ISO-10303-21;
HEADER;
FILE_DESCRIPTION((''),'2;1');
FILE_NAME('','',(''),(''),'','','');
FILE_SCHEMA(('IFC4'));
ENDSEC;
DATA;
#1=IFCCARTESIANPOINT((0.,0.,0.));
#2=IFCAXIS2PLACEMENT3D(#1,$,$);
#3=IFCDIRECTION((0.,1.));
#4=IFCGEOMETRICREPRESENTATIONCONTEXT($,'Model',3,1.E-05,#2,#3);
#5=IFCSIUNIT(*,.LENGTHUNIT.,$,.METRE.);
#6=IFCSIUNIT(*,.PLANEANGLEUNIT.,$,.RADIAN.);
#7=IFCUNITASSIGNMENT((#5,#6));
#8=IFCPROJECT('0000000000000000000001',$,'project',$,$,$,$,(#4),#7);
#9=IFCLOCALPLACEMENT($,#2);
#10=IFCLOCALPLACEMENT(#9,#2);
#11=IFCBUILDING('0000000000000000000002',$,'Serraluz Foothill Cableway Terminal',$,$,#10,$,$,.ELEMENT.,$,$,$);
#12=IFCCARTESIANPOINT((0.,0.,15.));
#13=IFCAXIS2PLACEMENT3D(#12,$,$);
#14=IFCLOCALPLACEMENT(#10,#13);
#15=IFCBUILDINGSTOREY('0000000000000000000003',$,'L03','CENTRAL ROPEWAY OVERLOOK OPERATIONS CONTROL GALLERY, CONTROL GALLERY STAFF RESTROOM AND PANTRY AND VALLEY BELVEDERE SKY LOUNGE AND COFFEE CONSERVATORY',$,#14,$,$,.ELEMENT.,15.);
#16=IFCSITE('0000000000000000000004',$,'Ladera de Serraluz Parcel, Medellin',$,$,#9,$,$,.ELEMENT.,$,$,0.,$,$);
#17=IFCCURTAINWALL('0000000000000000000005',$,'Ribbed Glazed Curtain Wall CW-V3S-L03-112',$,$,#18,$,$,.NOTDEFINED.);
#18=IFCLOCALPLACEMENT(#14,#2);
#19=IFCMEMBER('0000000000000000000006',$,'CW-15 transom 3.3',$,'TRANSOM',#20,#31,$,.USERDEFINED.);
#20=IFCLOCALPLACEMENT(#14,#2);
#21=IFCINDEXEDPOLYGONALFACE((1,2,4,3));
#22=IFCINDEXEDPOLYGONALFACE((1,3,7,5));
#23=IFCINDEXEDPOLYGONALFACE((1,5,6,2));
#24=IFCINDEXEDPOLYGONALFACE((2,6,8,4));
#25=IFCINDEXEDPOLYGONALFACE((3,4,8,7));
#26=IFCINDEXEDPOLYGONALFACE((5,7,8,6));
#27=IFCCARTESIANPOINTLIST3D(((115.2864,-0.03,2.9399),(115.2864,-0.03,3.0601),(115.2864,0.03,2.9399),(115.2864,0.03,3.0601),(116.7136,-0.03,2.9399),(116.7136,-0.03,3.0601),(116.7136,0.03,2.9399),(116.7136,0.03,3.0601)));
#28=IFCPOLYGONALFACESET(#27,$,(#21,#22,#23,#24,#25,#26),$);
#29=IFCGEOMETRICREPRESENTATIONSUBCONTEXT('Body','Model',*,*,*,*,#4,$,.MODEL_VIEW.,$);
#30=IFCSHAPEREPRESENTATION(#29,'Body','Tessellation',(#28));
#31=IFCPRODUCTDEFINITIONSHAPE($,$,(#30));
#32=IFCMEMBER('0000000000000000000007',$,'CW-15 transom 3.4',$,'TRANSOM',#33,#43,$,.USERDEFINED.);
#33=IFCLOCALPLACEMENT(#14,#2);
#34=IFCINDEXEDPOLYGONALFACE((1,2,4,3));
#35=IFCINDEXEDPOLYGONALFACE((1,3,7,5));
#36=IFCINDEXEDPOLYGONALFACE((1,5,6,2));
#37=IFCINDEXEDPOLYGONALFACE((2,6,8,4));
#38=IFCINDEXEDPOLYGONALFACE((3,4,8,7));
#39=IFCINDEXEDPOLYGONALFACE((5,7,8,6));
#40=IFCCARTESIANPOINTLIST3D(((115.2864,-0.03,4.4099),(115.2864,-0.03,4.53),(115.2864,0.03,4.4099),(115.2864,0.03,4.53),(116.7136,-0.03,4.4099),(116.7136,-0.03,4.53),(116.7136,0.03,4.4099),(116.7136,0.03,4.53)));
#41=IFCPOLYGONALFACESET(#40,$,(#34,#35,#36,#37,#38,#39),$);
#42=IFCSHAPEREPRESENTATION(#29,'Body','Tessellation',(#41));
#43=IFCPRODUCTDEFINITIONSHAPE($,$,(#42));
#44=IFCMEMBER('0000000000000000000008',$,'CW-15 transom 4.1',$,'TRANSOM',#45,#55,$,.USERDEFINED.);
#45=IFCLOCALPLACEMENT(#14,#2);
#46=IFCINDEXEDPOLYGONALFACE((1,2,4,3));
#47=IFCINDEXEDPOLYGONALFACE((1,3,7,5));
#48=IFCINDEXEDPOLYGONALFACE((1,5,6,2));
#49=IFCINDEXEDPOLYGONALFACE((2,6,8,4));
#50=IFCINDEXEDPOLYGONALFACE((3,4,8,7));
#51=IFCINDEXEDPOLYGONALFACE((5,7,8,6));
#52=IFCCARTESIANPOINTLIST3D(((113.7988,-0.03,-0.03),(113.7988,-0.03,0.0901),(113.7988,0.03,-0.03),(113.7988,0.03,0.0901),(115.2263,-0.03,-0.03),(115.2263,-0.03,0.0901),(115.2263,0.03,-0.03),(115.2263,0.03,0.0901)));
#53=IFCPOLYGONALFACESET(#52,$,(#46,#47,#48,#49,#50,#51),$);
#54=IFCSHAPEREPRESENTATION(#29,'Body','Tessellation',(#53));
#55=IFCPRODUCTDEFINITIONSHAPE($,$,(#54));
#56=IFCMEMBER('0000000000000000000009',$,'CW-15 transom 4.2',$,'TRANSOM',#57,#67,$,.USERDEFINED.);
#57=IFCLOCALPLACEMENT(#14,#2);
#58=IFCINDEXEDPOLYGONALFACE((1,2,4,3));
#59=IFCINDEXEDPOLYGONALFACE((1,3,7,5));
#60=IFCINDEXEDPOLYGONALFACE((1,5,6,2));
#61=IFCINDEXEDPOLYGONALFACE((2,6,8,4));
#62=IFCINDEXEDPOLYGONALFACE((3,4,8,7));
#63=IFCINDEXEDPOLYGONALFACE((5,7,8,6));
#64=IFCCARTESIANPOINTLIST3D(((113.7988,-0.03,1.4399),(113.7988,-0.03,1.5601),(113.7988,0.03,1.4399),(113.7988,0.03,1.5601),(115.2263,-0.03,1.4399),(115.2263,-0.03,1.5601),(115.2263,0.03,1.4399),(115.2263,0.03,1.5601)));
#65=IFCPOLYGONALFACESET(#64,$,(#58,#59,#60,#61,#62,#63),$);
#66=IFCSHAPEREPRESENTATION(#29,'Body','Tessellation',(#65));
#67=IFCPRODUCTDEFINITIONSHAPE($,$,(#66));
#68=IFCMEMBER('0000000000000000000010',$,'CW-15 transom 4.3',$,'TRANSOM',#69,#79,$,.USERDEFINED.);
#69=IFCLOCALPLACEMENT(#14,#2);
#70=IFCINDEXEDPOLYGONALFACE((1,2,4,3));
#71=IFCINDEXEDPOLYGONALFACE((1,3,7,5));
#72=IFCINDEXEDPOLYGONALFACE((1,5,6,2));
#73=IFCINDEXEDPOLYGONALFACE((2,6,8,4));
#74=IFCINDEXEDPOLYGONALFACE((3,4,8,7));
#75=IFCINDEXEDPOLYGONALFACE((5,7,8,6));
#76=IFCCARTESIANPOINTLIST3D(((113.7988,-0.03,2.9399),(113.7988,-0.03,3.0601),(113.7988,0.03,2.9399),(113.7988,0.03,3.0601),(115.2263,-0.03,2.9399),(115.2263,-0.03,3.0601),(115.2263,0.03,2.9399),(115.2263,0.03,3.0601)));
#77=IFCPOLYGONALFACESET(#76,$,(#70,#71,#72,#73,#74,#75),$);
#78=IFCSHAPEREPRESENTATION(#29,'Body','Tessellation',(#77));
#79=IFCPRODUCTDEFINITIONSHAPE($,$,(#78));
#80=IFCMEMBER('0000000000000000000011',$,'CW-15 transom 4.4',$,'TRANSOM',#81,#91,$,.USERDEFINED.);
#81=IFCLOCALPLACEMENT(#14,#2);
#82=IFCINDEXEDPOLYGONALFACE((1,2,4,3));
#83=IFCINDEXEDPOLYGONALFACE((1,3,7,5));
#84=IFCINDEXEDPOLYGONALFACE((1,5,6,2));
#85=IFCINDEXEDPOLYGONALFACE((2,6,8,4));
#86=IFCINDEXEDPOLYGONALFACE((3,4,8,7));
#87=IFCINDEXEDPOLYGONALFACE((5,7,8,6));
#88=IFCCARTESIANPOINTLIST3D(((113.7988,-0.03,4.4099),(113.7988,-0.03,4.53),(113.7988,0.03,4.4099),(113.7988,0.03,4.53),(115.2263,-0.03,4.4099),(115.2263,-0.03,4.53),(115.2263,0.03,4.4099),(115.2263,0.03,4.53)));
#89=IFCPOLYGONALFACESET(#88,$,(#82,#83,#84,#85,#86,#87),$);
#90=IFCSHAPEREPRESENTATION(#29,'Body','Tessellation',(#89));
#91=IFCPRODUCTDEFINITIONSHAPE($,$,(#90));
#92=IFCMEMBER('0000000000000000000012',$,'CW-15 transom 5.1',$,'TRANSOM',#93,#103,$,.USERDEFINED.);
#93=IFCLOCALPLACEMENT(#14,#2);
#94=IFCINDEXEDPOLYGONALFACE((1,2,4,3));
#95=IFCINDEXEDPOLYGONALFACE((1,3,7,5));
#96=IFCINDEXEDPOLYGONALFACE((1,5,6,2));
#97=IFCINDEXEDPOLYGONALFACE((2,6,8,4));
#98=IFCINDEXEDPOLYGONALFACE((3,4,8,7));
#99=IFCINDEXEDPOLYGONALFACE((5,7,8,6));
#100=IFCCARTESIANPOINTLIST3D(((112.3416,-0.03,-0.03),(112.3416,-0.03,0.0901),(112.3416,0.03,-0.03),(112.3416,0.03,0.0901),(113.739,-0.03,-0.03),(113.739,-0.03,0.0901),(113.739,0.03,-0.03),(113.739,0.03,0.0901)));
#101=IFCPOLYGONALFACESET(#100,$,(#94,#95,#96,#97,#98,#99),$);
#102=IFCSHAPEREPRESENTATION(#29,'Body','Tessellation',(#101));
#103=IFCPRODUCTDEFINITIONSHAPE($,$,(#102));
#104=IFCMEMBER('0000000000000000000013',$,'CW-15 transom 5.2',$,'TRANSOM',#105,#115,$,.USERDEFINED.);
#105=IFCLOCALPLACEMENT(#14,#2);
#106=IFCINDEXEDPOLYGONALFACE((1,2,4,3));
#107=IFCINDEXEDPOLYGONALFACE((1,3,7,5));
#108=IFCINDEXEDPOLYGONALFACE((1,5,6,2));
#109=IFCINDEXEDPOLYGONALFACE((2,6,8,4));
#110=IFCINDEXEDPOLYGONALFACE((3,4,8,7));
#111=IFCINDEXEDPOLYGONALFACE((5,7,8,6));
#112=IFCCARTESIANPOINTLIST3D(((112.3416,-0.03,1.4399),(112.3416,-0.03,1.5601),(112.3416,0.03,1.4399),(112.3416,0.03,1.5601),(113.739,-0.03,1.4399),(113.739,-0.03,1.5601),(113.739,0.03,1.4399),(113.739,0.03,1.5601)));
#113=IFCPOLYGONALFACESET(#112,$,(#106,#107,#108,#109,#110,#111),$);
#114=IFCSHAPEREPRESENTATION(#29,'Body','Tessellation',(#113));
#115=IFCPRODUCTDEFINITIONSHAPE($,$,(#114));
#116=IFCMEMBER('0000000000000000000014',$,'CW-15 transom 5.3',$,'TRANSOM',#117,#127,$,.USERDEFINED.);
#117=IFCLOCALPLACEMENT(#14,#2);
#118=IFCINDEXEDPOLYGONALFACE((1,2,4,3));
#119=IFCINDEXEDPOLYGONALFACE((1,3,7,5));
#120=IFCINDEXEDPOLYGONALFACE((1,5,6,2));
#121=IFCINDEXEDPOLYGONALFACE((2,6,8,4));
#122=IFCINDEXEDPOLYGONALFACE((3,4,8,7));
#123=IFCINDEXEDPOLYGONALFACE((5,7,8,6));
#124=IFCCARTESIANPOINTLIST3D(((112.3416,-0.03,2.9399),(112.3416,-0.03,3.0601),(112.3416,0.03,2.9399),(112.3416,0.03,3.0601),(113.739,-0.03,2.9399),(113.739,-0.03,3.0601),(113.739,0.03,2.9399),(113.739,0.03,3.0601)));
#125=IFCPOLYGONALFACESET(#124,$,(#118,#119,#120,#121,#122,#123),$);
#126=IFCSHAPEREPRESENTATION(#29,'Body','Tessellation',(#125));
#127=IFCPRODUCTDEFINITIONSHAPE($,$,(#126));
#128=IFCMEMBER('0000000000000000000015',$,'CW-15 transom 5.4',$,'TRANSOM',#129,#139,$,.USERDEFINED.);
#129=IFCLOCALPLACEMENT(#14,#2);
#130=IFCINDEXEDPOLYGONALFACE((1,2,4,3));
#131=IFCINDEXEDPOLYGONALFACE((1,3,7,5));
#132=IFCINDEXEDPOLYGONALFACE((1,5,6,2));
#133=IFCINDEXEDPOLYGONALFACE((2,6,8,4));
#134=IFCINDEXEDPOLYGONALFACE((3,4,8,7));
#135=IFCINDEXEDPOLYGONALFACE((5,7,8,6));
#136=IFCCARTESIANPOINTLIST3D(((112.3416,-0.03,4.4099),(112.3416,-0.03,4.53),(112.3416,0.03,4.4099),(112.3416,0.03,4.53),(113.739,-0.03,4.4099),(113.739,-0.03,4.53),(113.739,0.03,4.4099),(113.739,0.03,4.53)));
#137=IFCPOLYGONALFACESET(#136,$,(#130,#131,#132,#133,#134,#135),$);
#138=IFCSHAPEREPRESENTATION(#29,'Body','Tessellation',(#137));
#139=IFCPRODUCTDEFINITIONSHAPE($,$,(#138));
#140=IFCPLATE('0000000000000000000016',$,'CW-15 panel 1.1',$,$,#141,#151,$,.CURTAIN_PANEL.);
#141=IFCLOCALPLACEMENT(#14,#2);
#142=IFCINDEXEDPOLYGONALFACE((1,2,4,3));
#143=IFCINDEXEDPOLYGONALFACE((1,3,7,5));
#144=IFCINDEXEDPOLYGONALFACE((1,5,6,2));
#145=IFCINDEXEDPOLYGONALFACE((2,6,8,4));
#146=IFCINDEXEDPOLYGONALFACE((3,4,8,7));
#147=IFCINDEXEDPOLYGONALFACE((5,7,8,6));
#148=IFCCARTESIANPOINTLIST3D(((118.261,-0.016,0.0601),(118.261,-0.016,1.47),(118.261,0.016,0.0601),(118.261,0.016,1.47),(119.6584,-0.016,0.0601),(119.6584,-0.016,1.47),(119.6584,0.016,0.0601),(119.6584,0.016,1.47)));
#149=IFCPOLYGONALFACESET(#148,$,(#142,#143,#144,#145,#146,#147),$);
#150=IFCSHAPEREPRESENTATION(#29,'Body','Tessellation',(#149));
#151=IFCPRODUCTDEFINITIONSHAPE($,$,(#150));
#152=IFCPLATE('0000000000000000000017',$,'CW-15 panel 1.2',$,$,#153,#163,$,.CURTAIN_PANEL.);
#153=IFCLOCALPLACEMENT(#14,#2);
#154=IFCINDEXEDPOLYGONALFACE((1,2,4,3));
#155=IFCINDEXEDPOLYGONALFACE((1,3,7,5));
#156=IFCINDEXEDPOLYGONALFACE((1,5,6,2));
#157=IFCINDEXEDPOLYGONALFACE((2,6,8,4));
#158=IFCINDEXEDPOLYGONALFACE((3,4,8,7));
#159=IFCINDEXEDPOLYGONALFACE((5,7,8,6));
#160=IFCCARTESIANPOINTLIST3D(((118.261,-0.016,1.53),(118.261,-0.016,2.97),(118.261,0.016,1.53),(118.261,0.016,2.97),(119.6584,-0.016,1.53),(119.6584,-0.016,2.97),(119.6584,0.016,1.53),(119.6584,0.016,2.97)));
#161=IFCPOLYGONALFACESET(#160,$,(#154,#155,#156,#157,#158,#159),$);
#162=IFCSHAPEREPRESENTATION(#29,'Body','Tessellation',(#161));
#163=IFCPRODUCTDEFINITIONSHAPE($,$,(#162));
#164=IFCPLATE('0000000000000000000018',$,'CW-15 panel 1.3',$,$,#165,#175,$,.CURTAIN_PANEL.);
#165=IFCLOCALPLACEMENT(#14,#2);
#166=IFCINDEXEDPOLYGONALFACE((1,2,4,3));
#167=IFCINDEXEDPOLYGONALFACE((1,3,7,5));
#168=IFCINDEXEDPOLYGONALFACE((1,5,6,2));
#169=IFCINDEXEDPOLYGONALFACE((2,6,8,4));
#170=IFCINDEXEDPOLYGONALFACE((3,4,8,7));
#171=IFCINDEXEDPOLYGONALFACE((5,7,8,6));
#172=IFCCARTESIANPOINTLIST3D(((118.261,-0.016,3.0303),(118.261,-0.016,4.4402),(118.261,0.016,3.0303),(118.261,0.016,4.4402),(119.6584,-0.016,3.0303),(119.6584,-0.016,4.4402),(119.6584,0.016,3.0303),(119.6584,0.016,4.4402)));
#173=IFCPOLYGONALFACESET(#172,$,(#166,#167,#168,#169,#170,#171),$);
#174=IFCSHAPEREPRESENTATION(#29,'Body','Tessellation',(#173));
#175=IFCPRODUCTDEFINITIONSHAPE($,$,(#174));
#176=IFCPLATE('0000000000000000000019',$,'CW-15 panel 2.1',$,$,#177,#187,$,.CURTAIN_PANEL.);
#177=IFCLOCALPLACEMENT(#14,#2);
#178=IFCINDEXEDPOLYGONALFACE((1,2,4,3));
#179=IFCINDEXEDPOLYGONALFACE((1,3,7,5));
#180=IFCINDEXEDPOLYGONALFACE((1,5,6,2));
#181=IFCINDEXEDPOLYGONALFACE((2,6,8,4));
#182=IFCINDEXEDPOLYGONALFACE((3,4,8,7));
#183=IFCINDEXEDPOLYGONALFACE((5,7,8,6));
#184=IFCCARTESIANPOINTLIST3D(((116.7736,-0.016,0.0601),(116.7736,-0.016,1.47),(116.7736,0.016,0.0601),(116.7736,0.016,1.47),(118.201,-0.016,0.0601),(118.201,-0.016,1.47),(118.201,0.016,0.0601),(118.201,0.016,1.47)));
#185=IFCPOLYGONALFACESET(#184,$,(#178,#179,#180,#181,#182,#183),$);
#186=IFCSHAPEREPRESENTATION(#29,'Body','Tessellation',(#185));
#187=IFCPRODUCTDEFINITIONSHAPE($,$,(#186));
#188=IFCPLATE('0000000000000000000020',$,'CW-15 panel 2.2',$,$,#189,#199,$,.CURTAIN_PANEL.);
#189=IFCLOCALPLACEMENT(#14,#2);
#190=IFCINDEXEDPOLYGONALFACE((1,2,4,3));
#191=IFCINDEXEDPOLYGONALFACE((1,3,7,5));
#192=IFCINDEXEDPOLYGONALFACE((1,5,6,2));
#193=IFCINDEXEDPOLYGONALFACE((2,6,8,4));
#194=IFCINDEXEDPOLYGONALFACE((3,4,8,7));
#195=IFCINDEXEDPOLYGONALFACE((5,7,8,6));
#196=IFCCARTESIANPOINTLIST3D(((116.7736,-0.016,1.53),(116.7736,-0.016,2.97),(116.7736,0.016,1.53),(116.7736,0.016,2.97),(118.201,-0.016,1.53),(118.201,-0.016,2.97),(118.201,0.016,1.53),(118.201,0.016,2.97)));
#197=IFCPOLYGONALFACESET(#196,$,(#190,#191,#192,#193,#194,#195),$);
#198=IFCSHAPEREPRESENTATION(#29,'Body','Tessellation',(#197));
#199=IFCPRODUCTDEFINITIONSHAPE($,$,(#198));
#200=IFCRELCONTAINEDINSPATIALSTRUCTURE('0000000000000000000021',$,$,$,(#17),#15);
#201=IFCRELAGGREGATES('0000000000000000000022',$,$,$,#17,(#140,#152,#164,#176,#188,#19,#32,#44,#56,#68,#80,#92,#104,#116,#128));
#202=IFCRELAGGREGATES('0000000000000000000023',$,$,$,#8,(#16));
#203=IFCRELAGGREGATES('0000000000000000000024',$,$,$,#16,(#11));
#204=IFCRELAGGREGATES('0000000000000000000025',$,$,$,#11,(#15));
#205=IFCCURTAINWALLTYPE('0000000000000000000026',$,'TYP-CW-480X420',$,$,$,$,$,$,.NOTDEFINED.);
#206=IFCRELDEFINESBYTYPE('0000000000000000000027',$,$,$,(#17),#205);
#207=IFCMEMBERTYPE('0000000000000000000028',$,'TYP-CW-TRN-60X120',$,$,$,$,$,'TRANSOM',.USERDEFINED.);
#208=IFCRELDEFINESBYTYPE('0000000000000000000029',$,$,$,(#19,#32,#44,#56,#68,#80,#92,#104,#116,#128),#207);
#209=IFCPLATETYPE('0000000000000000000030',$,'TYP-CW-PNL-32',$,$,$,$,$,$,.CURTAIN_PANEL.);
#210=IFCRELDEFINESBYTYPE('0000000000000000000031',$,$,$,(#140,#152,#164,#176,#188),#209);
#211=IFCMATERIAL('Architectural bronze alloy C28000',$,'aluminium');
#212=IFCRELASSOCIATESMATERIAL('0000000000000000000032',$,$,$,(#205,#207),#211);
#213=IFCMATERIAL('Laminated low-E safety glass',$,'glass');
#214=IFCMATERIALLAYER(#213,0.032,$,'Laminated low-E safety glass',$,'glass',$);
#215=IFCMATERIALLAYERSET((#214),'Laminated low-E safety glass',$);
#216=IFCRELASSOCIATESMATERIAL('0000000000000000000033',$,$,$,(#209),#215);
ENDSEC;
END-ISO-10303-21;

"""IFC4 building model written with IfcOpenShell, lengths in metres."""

from ifc_helpers import new_model, si_unit, direction, frame, origin, origin_2d, place, context, subcontext, project, spatial, rectangle, extrude, material, layer, layer_set, material_profile, profile_set, type_object, element, aggregate, save


model = new_model("IFC4")

# Units and contexts
model_context = context("Model", 3, precision=1e-05, world=origin(), true_north=direction((0.0, 1.0)))
body_context = subcontext(model_context, "Body", "Model", "MODEL_VIEW")
ifc_project = project(units=[si_unit("LENGTHUNIT", "METRE"), si_unit("PLANEANGLEUNIT", "RADIAN")], contexts=[model_context])

# Site, building, storey
site_placement = place(None, origin())
site = spatial("IfcSite", under=ifc_project, at=site_placement, Name="Ladera de Serraluz Parcel, Medellin", CompositionType="ELEMENT", RefElevation=0.0)
building_placement = place(site_placement, origin())
building = spatial("IfcBuilding", under=site, at=building_placement, Name="Serraluz Foothill Cableway Terminal", CompositionType="ELEMENT")
storey_placement = place(building_placement, frame((0.0, 0.0, 15.0)))
storey = spatial("IfcBuildingStorey", under=building, at=storey_placement, Name="L03", Description="CENTRAL ROPEWAY OVERLOOK OPERATIONS CONTROL GALLERY, CONTROL GALLERY STAFF RESTROOM AND PANTRY AND VALLEY BELVEDERE SKY LOUNGE AND COFFEE CONSERVATORY", CompositionType="ELEMENT", Elevation=15.0)

# Curtain wall, members, plates
ifc_material_1 = material(Name="Architectural bronze alloy C28000", Category="aluminium")
curtain_wall_type = type_object("IfcCurtainWallType", Name="TYP-CW-480X420", PredefinedType="NOTDEFINED", material=ifc_material_1)
curtain_wall_placement = place(storey_placement, origin())
curtain_wall = element("IfcCurtainWall", 1, at=curtain_wall_placement, inside=storey, type_object=curtain_wall_type, Name="Ribbed Glazed Curtain Wall CW-V3S-L03-112", PredefinedType="NOTDEFINED")
ifc_material_profile_1 = material_profile(ifc_material_1, rectangle(XDim=0.0601, YDim=0.1201, at=origin_2d()), Name="ALU TRANSOM 60x120")
ifc_profile_set_1 = profile_set([ifc_material_profile_1], Name="Architectural bronze alloy C28000")
member_type_1 = type_object("IfcMemberType", Name="TYP-CW-TRN-60X120", ElementType="TRANSOM", PredefinedType="USERDEFINED", material=ifc_profile_set_1)
member_1_placement = place(storey_placement, frame((116.7136, 0.0, 3.0), z_axis=(-1.0, 0.0, 0.0), x_axis=(0.0, -1.0, 0.0)))
member_1 = element("IfcMember", 2, at=member_1_placement, type_object=member_type_1, Name="CW-15 transom 3.3", ObjectType="TRANSOM", PredefinedType="USERDEFINED", context=body_context, shape_type="SweptSolid", body=[
    extrude(rectangle(XDim=0.0601, YDim=0.1201, at=origin_2d()), origin(), (0.0, 0.0, 1.0), 1.4272),
])
member_2_placement = place(storey_placement, frame((116.7136, 0.0, 4.47), z_axis=(-1.0, 0.0, 0.0), x_axis=(0.0, -1.0, 0.0)))
member_2 = element("IfcMember", 3, at=member_2_placement, type_object=member_type_1, Name="CW-15 transom 3.4", ObjectType="TRANSOM", PredefinedType="USERDEFINED", context=body_context, shape_type="SweptSolid", body=[
    extrude(rectangle(XDim=0.0601, YDim=0.1201, at=origin_2d()), origin(), (0.0, 0.0, 1.0), 1.4272),
])
member_3_placement = place(storey_placement, frame((115.2263, 0.0, 0.03), z_axis=(-1.0, 0.0, 0.0), x_axis=(0.0, -1.0, 0.0)))
member_3 = element("IfcMember", 4, at=member_3_placement, type_object=member_type_1, Name="CW-15 transom 4.1", ObjectType="TRANSOM", PredefinedType="USERDEFINED", context=body_context, shape_type="SweptSolid", body=[
    extrude(rectangle(XDim=0.0601, YDim=0.1201, at=origin_2d()), origin(), (0.0, 0.0, 1.0), 1.4275),
])
member_4_placement = place(storey_placement, frame((115.2263, 0.0, 1.5), z_axis=(-1.0, 0.0, 0.0), x_axis=(0.0, -1.0, 0.0)))
member_4 = element("IfcMember", 5, at=member_4_placement, type_object=member_type_1, Name="CW-15 transom 4.2", ObjectType="TRANSOM", PredefinedType="USERDEFINED", context=body_context, shape_type="SweptSolid", body=[
    extrude(rectangle(XDim=0.0601, YDim=0.1201, at=origin_2d()), origin(), (0.0, 0.0, 1.0), 1.4275),
])
member_5_placement = place(storey_placement, frame((115.2263, 0.0, 3.0), z_axis=(-1.0, 0.0, 0.0), x_axis=(0.0, -1.0, 0.0)))
member_5 = element("IfcMember", 6, at=member_5_placement, type_object=member_type_1, Name="CW-15 transom 4.3", ObjectType="TRANSOM", PredefinedType="USERDEFINED", context=body_context, shape_type="SweptSolid", body=[
    extrude(rectangle(XDim=0.0601, YDim=0.1201, at=origin_2d()), origin(), (0.0, 0.0, 1.0), 1.4275),
])
member_6_placement = place(storey_placement, frame((115.2263, 0.0, 4.47), z_axis=(-1.0, 0.0, 0.0), x_axis=(0.0, -1.0, 0.0)))
member_6 = element("IfcMember", 7, at=member_6_placement, type_object=member_type_1, Name="CW-15 transom 4.4", ObjectType="TRANSOM", PredefinedType="USERDEFINED", context=body_context, shape_type="SweptSolid", body=[
    extrude(rectangle(XDim=0.0601, YDim=0.1201, at=origin_2d()), origin(), (0.0, 0.0, 1.0), 1.4275),
])
member_7_placement = place(storey_placement, frame((113.739, 0.0, 0.03), z_axis=(-1.0, 0.0, 0.0), x_axis=(0.0, -1.0, 0.0)))
member_7 = element("IfcMember", 8, at=member_7_placement, type_object=member_type_1, Name="CW-15 transom 5.1", ObjectType="TRANSOM", PredefinedType="USERDEFINED", context=body_context, shape_type="SweptSolid", body=[
    extrude(rectangle(XDim=0.0601, YDim=0.1201, at=origin_2d()), origin(), (0.0, 0.0, 1.0), 1.3975),
])
member_8_placement = place(storey_placement, frame((113.739, 0.0, 1.5), z_axis=(-1.0, 0.0, 0.0), x_axis=(0.0, -1.0, 0.0)))
member_8 = element("IfcMember", 9, at=member_8_placement, type_object=member_type_1, Name="CW-15 transom 5.2", ObjectType="TRANSOM", PredefinedType="USERDEFINED", context=body_context, shape_type="SweptSolid", body=[
    extrude(rectangle(XDim=0.0601, YDim=0.1201, at=origin_2d()), origin(), (0.0, 0.0, 1.0), 1.3975),
])
member_9_placement = place(storey_placement, frame((113.739, 0.0, 3.0), z_axis=(-1.0, 0.0, 0.0), x_axis=(0.0, -1.0, 0.0)))
member_9 = element("IfcMember", 10, at=member_9_placement, type_object=member_type_1, Name="CW-15 transom 5.3", ObjectType="TRANSOM", PredefinedType="USERDEFINED", context=body_context, shape_type="SweptSolid", body=[
    extrude(rectangle(XDim=0.0601, YDim=0.1201, at=origin_2d()), origin(), (0.0, 0.0, 1.0), 1.3975),
])
member_10_placement = place(storey_placement, frame((113.739, 0.0, 4.47), z_axis=(-1.0, 0.0, 0.0), x_axis=(0.0, -1.0, 0.0)))
member_10 = element("IfcMember", 11, at=member_10_placement, type_object=member_type_1, Name="CW-15 transom 5.4", ObjectType="TRANSOM", PredefinedType="USERDEFINED", context=body_context, shape_type="SweptSolid", body=[
    extrude(rectangle(XDim=0.0601, YDim=0.1201, at=origin_2d()), origin(), (0.0, 0.0, 1.0), 1.3975),
])
ifc_material_2 = material(Name="Laminated low-E safety glass", Category="glass")
ifc_layer = layer(ifc_material_2, 0.032, Name="Laminated low-E safety glass", Category="glass")
ifc_layer_set = layer_set([ifc_layer], Name="Laminated low-E safety glass")
plate_type = type_object("IfcPlateType", Name="TYP-CW-PNL-32", PredefinedType="CURTAIN_PANEL", material=ifc_layer_set)
plate_1_placement = place(storey_placement, frame((118.9597, 0.0, 0.0601), z_axis=(0.0, 0.0, 1.0), x_axis=(-1.0, 0.0, 0.0)))
plate_1 = element("IfcPlate", 12, at=plate_1_placement, type_object=plate_type, Name="CW-15 panel 1.1", PredefinedType="CURTAIN_PANEL", context=body_context, shape_type="SweptSolid", body=[
    extrude(rectangle(XDim=1.3975, YDim=0.032, at=origin_2d()), origin(), (0.0, 0.0, 1.0), 1.4099),
])
plate_2_placement = place(storey_placement, frame((118.9597, 0.0, 1.53), z_axis=(0.0, 0.0, 1.0), x_axis=(-1.0, 0.0, 0.0)))
plate_2 = element("IfcPlate", 13, at=plate_2_placement, type_object=plate_type, Name="CW-15 panel 1.2", PredefinedType="CURTAIN_PANEL", context=body_context, shape_type="SweptSolid", body=[
    extrude(rectangle(XDim=1.3975, YDim=0.032, at=origin_2d()), origin(), (0.0, 0.0, 1.0), 1.4399),
])
plate_3_placement = place(storey_placement, frame((118.9597, 0.0, 3.0303), z_axis=(0.0, 0.0, 1.0), x_axis=(-1.0, 0.0, 0.0)))
plate_3 = element("IfcPlate", 14, at=plate_3_placement, type_object=plate_type, Name="CW-15 panel 1.3", PredefinedType="CURTAIN_PANEL", context=body_context, shape_type="SweptSolid", body=[
    extrude(rectangle(XDim=1.3975, YDim=0.032, at=origin_2d()), origin(), (0.0, 0.0, 1.0), 1.4099),
])
plate_4_placement = place(storey_placement, frame((117.4873, 0.0, 0.0601), z_axis=(0.0, 0.0, 1.0), x_axis=(-1.0, 0.0, 0.0)))
plate_4 = element("IfcPlate", 15, at=plate_4_placement, type_object=plate_type, Name="CW-15 panel 2.1", PredefinedType="CURTAIN_PANEL", context=body_context, shape_type="SweptSolid", body=[
    extrude(rectangle(XDim=1.4275, YDim=0.032, at=origin_2d()), origin(), (0.0, 0.0, 1.0), 1.4099),
])
plate_5_placement = place(storey_placement, frame((117.4873, 0.0, 1.53), z_axis=(0.0, 0.0, 1.0), x_axis=(-1.0, 0.0, 0.0)))
plate_5 = element("IfcPlate", 16, at=plate_5_placement, type_object=plate_type, Name="CW-15 panel 2.2", PredefinedType="CURTAIN_PANEL", context=body_context, shape_type="SweptSolid", body=[
    extrude(rectangle(XDim=1.4275, YDim=0.032, at=origin_2d()), origin(), (0.0, 0.0, 1.0), 1.4399),
])
aggregate(curtain_wall, [plate_1, plate_2, plate_3, plate_4, plate_5, member_1, member_2, member_3, member_4, member_5, member_6, member_7, member_8, member_9, member_10])

save(model, "model.ifc")
